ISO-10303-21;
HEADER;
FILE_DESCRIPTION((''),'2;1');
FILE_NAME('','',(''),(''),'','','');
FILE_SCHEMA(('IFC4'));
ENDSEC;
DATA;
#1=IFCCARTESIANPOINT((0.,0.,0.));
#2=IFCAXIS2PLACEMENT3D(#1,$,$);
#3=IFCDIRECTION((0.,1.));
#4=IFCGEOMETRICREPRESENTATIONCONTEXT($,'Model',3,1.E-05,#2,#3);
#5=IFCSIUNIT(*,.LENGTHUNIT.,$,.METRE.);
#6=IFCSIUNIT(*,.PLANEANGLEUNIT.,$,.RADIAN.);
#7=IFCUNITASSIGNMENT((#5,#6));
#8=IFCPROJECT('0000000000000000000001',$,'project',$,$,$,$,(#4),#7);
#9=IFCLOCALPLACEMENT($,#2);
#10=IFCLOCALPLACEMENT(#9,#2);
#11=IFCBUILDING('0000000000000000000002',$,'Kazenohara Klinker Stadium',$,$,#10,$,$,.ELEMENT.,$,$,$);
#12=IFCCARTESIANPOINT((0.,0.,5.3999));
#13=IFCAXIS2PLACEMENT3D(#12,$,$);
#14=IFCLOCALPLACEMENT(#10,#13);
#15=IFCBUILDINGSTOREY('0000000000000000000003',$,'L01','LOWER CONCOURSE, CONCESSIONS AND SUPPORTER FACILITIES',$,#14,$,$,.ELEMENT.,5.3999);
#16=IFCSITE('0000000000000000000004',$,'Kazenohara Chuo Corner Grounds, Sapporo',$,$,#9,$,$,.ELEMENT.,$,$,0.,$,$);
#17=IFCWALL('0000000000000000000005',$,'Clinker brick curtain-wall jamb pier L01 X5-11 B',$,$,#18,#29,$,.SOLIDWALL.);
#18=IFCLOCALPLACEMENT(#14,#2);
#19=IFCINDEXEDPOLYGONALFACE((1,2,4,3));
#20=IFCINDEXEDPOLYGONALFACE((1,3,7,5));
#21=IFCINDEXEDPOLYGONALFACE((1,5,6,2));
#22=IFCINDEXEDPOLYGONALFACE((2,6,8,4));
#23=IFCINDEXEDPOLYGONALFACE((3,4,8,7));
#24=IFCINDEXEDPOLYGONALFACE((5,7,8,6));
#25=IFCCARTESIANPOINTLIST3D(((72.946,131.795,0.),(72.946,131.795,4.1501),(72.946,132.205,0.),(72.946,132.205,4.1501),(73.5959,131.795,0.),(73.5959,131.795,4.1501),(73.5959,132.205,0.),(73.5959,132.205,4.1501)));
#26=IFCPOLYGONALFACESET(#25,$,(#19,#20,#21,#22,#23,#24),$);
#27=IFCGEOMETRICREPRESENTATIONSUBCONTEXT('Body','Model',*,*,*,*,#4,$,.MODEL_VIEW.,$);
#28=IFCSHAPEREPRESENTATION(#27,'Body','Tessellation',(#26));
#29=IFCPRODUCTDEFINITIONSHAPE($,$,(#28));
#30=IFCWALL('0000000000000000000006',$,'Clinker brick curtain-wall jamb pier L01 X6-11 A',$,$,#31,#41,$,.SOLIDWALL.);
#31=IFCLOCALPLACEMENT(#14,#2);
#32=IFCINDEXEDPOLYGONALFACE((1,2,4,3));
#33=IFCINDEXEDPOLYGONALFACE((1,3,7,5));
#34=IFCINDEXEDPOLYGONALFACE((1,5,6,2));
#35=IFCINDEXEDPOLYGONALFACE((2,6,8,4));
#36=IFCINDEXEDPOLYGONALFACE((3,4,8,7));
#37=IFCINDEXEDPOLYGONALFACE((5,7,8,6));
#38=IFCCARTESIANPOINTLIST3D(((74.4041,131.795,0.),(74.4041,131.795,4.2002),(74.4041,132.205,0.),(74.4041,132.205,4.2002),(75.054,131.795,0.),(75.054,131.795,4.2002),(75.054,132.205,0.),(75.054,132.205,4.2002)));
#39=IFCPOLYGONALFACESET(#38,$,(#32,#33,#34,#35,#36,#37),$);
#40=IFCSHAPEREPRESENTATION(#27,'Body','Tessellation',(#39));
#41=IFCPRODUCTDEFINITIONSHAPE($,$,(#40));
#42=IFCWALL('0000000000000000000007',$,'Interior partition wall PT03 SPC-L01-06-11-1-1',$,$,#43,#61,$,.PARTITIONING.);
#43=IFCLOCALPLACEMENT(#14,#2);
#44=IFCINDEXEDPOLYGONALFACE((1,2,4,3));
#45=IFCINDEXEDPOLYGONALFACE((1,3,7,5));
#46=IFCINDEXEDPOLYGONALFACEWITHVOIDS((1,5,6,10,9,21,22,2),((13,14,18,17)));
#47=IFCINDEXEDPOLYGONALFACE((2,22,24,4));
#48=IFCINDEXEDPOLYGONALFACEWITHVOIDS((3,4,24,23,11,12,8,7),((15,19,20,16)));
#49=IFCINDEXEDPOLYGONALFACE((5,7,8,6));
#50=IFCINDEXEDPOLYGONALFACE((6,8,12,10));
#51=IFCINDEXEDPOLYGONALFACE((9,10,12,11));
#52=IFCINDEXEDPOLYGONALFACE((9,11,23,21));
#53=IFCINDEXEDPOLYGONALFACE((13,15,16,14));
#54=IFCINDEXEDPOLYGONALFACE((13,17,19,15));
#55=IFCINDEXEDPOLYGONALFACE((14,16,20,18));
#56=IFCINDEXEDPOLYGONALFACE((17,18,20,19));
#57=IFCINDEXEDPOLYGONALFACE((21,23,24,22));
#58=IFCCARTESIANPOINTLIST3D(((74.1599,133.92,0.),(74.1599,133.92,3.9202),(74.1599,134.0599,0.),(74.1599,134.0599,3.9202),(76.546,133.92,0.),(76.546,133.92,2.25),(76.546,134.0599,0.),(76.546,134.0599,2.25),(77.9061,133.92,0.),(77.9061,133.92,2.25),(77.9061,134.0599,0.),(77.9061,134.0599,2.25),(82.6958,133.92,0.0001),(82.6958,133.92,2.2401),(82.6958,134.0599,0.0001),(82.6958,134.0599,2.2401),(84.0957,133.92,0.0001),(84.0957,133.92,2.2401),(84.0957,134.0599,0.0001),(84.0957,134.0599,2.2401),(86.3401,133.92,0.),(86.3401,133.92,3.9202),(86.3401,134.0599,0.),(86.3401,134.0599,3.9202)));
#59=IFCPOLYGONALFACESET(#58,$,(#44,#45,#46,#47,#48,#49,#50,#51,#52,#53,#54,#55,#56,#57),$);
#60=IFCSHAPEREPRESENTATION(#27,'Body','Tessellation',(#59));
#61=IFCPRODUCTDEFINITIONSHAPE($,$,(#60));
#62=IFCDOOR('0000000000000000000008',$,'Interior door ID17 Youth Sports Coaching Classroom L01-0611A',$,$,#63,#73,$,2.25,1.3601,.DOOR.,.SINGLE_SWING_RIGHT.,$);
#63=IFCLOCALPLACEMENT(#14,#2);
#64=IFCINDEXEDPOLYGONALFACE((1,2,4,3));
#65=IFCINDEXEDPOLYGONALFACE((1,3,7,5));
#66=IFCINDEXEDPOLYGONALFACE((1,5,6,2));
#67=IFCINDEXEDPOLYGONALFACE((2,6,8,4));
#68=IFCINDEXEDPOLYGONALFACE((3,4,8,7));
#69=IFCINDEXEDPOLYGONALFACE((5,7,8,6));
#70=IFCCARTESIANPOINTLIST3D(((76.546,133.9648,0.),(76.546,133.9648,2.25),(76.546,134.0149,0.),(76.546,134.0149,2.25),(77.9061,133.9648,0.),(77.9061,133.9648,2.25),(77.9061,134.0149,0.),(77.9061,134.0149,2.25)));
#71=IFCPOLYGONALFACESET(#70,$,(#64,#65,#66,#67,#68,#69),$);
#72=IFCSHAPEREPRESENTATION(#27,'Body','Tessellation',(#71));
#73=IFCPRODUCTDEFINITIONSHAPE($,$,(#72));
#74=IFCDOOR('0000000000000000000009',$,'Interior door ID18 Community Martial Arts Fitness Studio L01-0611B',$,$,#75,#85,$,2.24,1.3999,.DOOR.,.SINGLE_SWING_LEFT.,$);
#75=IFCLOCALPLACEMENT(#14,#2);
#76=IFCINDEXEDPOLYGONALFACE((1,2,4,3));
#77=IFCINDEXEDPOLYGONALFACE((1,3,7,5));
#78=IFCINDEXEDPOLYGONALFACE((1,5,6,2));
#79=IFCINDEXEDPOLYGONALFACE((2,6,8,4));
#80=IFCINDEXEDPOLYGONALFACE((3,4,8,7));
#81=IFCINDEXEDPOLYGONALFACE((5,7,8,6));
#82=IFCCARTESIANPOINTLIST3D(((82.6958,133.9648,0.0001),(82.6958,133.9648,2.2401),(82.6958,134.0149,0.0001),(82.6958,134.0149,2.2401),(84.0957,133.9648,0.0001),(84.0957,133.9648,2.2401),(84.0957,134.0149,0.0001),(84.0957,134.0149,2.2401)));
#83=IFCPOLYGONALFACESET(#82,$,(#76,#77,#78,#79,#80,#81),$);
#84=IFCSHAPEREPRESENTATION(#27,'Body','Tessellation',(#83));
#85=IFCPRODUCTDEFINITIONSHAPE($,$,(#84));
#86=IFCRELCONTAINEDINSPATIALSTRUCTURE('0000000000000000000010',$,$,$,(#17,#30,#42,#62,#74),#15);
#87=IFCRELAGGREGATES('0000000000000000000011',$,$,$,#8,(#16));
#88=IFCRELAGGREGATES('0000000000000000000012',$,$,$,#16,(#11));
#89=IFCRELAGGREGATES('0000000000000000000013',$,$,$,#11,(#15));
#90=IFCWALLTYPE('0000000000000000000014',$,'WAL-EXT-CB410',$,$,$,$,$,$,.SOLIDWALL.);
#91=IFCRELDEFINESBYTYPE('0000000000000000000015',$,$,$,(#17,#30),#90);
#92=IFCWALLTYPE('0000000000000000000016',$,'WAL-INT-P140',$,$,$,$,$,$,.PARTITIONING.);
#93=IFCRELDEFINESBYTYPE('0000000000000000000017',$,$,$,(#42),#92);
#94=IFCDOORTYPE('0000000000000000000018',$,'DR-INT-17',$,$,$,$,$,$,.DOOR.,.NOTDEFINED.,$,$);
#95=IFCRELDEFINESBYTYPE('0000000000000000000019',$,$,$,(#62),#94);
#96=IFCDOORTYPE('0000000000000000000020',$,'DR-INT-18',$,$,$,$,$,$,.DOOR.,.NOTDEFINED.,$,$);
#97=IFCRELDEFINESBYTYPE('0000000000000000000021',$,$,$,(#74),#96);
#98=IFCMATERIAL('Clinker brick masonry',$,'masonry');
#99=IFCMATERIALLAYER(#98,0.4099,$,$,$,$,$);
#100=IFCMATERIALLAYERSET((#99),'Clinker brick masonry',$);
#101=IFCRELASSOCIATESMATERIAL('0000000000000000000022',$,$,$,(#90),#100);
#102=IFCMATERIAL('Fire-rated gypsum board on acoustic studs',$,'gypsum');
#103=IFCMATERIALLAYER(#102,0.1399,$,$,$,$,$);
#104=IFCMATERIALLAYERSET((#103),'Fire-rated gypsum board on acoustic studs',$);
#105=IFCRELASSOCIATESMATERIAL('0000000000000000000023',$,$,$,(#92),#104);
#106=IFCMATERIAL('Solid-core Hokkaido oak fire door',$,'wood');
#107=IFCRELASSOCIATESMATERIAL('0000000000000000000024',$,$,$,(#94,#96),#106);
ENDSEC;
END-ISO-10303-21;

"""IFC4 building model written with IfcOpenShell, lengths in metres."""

from ifc_helpers import new_model, si_unit, direction, frame, frame_2d, origin, place, context, subcontext, project, spatial, rectangle, extrude, material, layer, layer_set, type_object, element, fill, save


model = new_model("IFC4")

# Units and contexts
model_context = context("Model", 3, precision=1e-05, world=origin(), true_north=direction((0.0, 1.0)))
body_context = subcontext(model_context, "Body", "Model", "MODEL_VIEW")
ifc_project = project(units=[si_unit("LENGTHUNIT", "METRE"), si_unit("PLANEANGLEUNIT", "RADIAN")], contexts=[model_context])

# Site, building, storey
site_placement = place(None, origin())
site = spatial("IfcSite", under=ifc_project, at=site_placement, Name="Kazenohara Chuo Corner Grounds, Sapporo", CompositionType="ELEMENT", RefElevation=0.0)
building_placement = place(site_placement, origin())
building = spatial("IfcBuilding", under=site, at=building_placement, Name="Kazenohara Klinker Stadium", CompositionType="ELEMENT")
storey_placement = place(building_placement, frame((0.0, 0.0, 5.3999)))
storey = spatial("IfcBuildingStorey", under=building, at=storey_placement, Name="L01", Description="LOWER CONCOURSE, CONCESSIONS AND SUPPORTER FACILITIES", CompositionType="ELEMENT", Elevation=5.3999)

# Walls
ifc_material_1 = material(Name="Clinker brick masonry", Category="masonry")
ifc_layer_1 = layer(ifc_material_1, 0.4099)
ifc_layer_set_1 = layer_set([ifc_layer_1], Name="Clinker brick masonry")
wall_type_1 = type_object("IfcWallType", Name="WAL-EXT-CB410", PredefinedType="SOLIDWALL", material=ifc_layer_set_1)
wall_1_placement = place(storey_placement, frame((72.946, 132.0, 0.0), z_axis=(0.0, 0.0, 1.0), x_axis=(1.0, 0.0, 0.0)))
element("IfcWall", 1, at=wall_1_placement, inside=storey, type_object=wall_type_1, Name="Clinker brick curtain-wall jamb pier L01 X5-11 B", PredefinedType="SOLIDWALL", context=body_context, shape_type="SweptSolid", body=[
    extrude(rectangle(XDim=0.6499, YDim=0.4099, at=frame_2d((0.325, 0.0))), origin(), (0.0, 0.0, 1.0), 4.1501),
])
wall_2_placement = place(storey_placement, frame((74.4041, 132.0, 0.0), z_axis=(0.0, 0.0, 1.0), x_axis=(1.0, 0.0, 0.0)))
element("IfcWall", 2, at=wall_2_placement, inside=storey, type_object=wall_type_1, Name="Clinker brick curtain-wall jamb pier L01 X6-11 A", PredefinedType="SOLIDWALL", context=body_context, shape_type="SweptSolid", body=[
    extrude(rectangle(XDim=0.6499, YDim=0.4099, at=frame_2d((0.325, 0.0))), origin(), (0.0, 0.0, 1.0), 4.2002),
])

# Wall, openings, doors
ifc_material_2 = material(Name="Fire-rated gypsum board on acoustic studs", Category="gypsum")
ifc_layer_2 = layer(ifc_material_2, 0.1399)
ifc_layer_set_2 = layer_set([ifc_layer_2], Name="Fire-rated gypsum board on acoustic studs")
wall_type_2 = type_object("IfcWallType", Name="WAL-INT-P140", PredefinedType="PARTITIONING", material=ifc_layer_set_2)
wall_3_placement = place(storey_placement, frame((74.1599, 133.99, 0.0), z_axis=(0.0, 0.0, 1.0), x_axis=(1.0, 0.0, 0.0)))
wall_3 = element("IfcWall", 3, at=wall_3_placement, inside=storey, type_object=wall_type_2, Name="Interior partition wall PT03 SPC-L01-06-11-1-1", PredefinedType="PARTITIONING", context=body_context, shape_type="SweptSolid", body=[
    extrude(rectangle(XDim=12.1802, YDim=0.1399, at=frame_2d((6.0901, 0.0))), origin(), (0.0, 0.0, 1.0), 3.9202),
])
opening_1_placement = place(wall_3_placement, frame((2.386, 0.0, 0.0)))
opening_1 = element("IfcOpeningElement", 4, at=opening_1_placement, cuts=wall_3, PredefinedType="OPENING", context=body_context, shape_type="SweptSolid", body=[
    extrude(rectangle(XDim=1.3601, YDim=2.25, at=frame_2d((0.6802, 1.125))), frame((0.0, 0.0801, 0.0), z_axis=(0.0, -1.0, 0.0), x_axis=(1.0, 0.0, 0.0)), (0.0, 0.0, 1.0), 0.1599),
])
opening_2_placement = place(wall_3_placement, frame((8.5359, 0.0, 0.0)))
opening_2 = element("IfcOpeningElement", 5, at=opening_2_placement, cuts=wall_3, PredefinedType="OPENING", context=body_context, shape_type="SweptSolid", body=[
    extrude(rectangle(XDim=1.3999, YDim=2.24, at=frame_2d((0.7, 1.1201))), frame((0.0, 0.0801, 0.0), z_axis=(0.0, -1.0, 0.0), x_axis=(1.0, 0.0, 0.0)), (0.0, 0.0, 1.0), 0.1599),
])
ifc_material_3 = material(Name="Solid-core Hokkaido oak fire door", Category="wood")
door_type_1 = type_object("IfcDoorType", Name="DR-INT-17", OperationType="NOTDEFINED", PredefinedType="DOOR", material=ifc_material_3)
door_1_placement = place(opening_1_placement, origin())
door_1 = element("IfcDoor", 6, at=door_1_placement, inside=storey, type_object=door_type_1, Name="Interior door ID17 Youth Sports Coaching Classroom L01-0611A", OperationType="SINGLE_SWING_RIGHT", OverallHeight=2.25, OverallWidth=1.3601, PredefinedType="DOOR", context=body_context, shape_type="SweptSolid", body=[
    extrude(rectangle(XDim=1.3601, YDim=2.25, at=frame_2d((0.6802, 1.125))), frame((0.0, 0.0249, 0.0), z_axis=(0.0, -1.0, 0.0), x_axis=(1.0, 0.0, 0.0)), (0.0, 0.0, 1.0), 0.05),
])
fill(opening_1, door_1)
door_type_2 = type_object("IfcDoorType", Name="DR-INT-18", OperationType="NOTDEFINED", PredefinedType="DOOR", material=ifc_material_3)
door_2_placement = place(opening_2_placement, origin())
door_2 = element("IfcDoor", 7, at=door_2_placement, inside=storey, type_object=door_type_2, Name="Interior door ID18 Community Martial Arts Fitness Studio L01-0611B", OperationType="SINGLE_SWING_LEFT", OverallHeight=2.24, OverallWidth=1.3999, PredefinedType="DOOR", context=body_context, shape_type="SweptSolid", body=[
    extrude(rectangle(XDim=1.3999, YDim=2.24, at=frame_2d((0.7, 1.1201))), frame((0.0, 0.0249, 0.0), z_axis=(0.0, -1.0, 0.0), x_axis=(1.0, 0.0, 0.0)), (0.0, 0.0, 1.0), 0.05),
])
fill(opening_2, door_2)

save(model, "model.ifc")
